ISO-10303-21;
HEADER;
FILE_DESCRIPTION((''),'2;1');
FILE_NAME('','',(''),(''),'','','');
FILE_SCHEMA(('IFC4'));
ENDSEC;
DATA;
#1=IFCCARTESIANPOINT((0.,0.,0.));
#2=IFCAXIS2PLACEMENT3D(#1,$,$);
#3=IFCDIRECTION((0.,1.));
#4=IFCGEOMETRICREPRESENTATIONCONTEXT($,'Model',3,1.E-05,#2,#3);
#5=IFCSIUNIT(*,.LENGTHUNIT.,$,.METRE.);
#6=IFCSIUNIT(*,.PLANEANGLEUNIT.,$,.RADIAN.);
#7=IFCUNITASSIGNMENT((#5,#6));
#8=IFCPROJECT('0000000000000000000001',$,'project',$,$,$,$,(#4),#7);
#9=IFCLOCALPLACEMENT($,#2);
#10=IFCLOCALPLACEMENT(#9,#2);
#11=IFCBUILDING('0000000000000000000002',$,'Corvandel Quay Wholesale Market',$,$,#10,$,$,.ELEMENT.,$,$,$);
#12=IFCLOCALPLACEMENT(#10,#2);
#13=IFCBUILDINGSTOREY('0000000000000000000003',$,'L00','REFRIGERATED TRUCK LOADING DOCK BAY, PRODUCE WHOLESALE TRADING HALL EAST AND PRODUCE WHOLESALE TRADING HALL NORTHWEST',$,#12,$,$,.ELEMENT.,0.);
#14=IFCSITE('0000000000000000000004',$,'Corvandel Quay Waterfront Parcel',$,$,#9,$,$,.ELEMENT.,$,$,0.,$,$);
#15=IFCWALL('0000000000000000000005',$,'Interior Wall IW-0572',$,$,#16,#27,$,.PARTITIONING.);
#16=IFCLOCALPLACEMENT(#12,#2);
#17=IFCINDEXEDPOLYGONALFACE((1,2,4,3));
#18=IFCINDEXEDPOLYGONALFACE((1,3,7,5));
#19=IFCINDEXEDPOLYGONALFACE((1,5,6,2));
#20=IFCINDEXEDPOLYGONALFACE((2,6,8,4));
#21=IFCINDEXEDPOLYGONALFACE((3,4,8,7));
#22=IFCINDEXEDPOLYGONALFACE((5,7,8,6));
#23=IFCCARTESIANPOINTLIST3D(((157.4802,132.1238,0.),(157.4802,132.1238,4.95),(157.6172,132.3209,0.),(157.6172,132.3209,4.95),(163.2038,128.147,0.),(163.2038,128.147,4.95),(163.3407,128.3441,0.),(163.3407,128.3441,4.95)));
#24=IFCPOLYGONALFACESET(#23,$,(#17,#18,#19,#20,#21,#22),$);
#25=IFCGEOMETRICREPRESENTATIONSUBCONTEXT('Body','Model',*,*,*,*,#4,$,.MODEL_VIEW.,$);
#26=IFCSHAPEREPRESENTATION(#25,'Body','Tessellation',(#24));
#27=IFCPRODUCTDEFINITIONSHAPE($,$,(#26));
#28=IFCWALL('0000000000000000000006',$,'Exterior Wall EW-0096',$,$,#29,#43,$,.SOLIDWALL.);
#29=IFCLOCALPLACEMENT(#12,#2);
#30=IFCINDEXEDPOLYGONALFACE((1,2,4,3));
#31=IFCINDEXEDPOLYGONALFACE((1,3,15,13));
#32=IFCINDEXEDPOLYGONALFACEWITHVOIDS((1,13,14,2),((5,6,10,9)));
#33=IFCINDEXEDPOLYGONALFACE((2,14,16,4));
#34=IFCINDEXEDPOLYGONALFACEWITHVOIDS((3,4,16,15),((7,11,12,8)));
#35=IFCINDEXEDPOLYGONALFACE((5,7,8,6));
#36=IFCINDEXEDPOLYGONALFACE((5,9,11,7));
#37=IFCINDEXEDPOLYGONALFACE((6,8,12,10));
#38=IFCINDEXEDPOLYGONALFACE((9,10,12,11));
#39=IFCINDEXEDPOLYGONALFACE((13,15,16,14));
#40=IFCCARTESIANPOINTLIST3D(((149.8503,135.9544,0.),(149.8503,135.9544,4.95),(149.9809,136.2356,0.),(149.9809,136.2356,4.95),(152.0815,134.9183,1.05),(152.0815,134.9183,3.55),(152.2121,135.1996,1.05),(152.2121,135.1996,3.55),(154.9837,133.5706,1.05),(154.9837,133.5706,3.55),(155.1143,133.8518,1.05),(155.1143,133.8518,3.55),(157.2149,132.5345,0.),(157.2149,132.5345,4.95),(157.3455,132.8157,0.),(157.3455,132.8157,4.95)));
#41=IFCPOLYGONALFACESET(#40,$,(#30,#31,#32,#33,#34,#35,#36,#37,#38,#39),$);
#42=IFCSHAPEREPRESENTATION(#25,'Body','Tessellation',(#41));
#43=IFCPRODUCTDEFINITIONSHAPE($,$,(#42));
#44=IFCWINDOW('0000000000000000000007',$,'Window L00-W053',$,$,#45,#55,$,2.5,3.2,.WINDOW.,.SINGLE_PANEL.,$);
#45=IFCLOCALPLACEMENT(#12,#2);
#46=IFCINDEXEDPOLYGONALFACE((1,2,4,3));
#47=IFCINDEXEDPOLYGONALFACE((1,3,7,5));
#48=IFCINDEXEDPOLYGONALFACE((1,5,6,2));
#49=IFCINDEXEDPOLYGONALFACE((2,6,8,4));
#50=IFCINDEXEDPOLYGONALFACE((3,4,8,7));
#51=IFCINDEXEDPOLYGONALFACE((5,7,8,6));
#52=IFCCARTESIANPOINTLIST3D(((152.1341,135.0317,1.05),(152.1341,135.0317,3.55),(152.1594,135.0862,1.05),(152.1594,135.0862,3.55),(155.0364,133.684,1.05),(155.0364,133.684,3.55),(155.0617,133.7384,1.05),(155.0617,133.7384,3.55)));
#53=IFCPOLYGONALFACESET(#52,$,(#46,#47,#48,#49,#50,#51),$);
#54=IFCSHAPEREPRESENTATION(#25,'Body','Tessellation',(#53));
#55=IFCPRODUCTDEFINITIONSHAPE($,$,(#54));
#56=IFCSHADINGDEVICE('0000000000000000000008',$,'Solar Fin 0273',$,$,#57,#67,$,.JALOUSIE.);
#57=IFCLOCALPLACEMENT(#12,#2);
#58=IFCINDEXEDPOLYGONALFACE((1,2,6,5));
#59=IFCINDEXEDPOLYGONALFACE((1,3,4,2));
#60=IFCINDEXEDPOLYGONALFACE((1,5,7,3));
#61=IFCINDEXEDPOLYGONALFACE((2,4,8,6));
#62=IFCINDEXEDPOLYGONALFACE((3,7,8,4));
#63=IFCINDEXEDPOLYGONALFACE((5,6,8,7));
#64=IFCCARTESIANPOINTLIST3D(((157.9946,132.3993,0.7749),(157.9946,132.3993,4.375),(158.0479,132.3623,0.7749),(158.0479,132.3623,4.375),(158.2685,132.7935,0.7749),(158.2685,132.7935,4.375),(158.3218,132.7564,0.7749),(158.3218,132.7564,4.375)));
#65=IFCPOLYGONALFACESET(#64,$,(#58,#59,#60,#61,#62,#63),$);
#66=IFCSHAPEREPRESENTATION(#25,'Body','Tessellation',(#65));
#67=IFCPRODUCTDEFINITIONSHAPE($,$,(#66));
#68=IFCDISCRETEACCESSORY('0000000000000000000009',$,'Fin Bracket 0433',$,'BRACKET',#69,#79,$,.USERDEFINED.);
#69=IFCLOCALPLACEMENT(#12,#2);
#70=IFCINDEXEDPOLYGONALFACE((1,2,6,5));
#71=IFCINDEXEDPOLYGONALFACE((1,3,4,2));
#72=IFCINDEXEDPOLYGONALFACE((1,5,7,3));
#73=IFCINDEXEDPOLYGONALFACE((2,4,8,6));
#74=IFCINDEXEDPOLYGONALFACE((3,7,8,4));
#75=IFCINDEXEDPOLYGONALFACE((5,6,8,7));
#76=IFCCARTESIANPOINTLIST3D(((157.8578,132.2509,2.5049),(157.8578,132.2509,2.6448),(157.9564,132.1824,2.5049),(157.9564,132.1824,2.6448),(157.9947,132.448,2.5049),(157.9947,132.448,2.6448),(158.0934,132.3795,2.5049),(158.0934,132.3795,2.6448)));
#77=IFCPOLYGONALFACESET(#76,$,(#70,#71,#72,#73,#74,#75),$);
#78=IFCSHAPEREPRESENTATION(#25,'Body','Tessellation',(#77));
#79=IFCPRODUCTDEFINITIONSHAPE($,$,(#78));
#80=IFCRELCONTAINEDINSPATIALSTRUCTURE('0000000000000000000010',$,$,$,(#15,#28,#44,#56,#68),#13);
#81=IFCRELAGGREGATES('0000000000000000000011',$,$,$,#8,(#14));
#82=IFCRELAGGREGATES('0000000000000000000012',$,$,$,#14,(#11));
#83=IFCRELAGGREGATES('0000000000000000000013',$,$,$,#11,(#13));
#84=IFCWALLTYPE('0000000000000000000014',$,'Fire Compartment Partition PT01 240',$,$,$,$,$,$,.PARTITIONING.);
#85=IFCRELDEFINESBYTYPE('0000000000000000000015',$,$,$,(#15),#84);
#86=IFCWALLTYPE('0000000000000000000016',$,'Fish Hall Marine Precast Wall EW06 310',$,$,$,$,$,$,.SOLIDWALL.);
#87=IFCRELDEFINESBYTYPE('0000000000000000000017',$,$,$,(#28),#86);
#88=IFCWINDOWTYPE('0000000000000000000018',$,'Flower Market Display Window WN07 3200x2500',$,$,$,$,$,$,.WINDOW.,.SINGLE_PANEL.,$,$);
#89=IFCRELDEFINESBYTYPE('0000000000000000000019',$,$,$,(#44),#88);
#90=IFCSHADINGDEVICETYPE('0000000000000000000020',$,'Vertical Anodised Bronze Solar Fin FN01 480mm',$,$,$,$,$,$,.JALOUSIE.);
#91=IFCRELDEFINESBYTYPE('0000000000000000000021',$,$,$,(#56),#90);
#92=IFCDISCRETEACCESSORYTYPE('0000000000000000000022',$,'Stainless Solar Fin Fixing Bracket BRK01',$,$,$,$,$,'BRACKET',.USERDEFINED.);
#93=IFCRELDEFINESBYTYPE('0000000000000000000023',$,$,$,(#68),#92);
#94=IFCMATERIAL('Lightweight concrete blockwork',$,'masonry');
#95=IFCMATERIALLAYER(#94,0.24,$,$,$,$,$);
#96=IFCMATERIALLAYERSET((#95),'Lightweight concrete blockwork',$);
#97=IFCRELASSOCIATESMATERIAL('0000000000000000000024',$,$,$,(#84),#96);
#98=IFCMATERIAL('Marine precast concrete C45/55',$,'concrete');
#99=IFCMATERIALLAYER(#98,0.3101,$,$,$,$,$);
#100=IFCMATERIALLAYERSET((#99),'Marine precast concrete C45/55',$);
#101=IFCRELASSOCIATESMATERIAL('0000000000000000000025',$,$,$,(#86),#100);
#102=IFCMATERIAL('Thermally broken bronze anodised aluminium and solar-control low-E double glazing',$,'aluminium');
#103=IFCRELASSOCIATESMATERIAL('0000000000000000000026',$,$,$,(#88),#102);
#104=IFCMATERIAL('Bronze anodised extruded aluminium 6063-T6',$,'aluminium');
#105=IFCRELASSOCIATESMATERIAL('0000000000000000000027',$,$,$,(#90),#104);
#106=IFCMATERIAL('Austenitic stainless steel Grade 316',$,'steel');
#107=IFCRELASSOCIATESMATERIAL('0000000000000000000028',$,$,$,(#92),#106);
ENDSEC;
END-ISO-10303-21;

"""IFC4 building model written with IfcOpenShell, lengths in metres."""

from ifc_helpers import new_model, si_unit, direction, frame, frame_2d, origin, origin_2d, place, context, subcontext, project, spatial, rectangle, extrude, material, layer, layer_set, type_object, element, fill, save


model = new_model("IFC4")

# Units and contexts
model_context = context("Model", 3, precision=1e-05, world=origin(), true_north=direction((0.0, 1.0)))
body_context = subcontext(model_context, "Body", "Model", "MODEL_VIEW")
ifc_project = project(units=[si_unit("LENGTHUNIT", "METRE"), si_unit("PLANEANGLEUNIT", "RADIAN")], contexts=[model_context])

# Site, building, storey
site_placement = place(None, origin())
site = spatial("IfcSite", under=ifc_project, at=site_placement, Name="Corvandel Quay Waterfront Parcel", CompositionType="ELEMENT", RefElevation=0.0)
building_placement = place(site_placement, origin())
building = spatial("IfcBuilding", under=site, at=building_placement, Name="Corvandel Quay Wholesale Market", CompositionType="ELEMENT")
storey_placement = place(building_placement, origin())
storey = spatial("IfcBuildingStorey", under=building, at=storey_placement, Name="L00", Description="REFRIGERATED TRUCK LOADING DOCK BAY, PRODUCE WHOLESALE TRADING HALL EAST AND PRODUCE WHOLESALE TRADING HALL NORTHWEST", CompositionType="ELEMENT", Elevation=0.0)

# Wall
ifc_material_1 = material(Name="Lightweight concrete blockwork", Category="masonry")
ifc_layer_1 = layer(ifc_material_1, 0.24)
ifc_layer_set_1 = layer_set([ifc_layer_1], Name="Lightweight concrete blockwork")
wall_type_1 = type_object("IfcWallType", Name="Fire Compartment Partition PT01 240", PredefinedType="PARTITIONING", material=ifc_layer_set_1)
wall_1_placement = place(storey_placement, frame((157.5486, 132.2224, 0.0), z_axis=(0.0, 0.0, 1.0), x_axis=(0.821231, -0.570595, 0.0)))
element("IfcWall", 1, at=wall_1_placement, inside=storey, type_object=wall_type_1, Name="Interior Wall IW-0572", PredefinedType="PARTITIONING", context=body_context, shape_type="SweptSolid", body=[
    extrude(rectangle(XDim=6.9695, YDim=0.24, at=frame_2d((3.4849, 0.0))), origin(), (0.0, 0.0, 1.0), 4.95),
])

# Wall, opening, window
ifc_material_2 = material(Name="Marine precast concrete C45/55", Category="concrete")
ifc_layer_2 = layer(ifc_material_2, 0.3101)
ifc_layer_set_2 = layer_set([ifc_layer_2], Name="Marine precast concrete C45/55")
wall_type_2 = type_object("IfcWallType", Name="Fish Hall Marine Precast Wall EW06 310", PredefinedType="SOLIDWALL", material=ifc_layer_set_2)
wall_2_placement = place(storey_placement, frame((157.2803, 132.675, 0.0), z_axis=(0.0, 0.0, 1.0), x_axis=(-0.906977, 0.421181, 0.0)))
wall_2 = element("IfcWall", 2, at=wall_2_placement, inside=storey, type_object=wall_type_2, Name="Exterior Wall EW-0096", PredefinedType="SOLIDWALL", context=body_context, shape_type="SweptSolid", body=[
    extrude(rectangle(XDim=8.1199, YDim=0.3101, at=frame_2d((4.0601, 0.0))), origin(), (0.0, 0.0, 1.0), 4.95),
])
opening_placement = place(wall_2_placement, frame((2.46, 0.0, 1.05)))
opening = element("IfcOpeningElement", 3, at=opening_placement, cuts=wall_2, PredefinedType="OPENING", context=body_context, shape_type="SweptSolid", body=[
    extrude(rectangle(XDim=3.2, YDim=2.5, at=frame_2d((1.6001, 1.25))), frame((0.0, 0.165, 0.0), z_axis=(0.0, -1.0, 0.0), x_axis=(1.0, 0.0, 0.0)), (0.0, 0.0, 1.0), 0.3301),
])
ifc_material_3 = material(Name="Thermally broken bronze anodised aluminium and solar-control low-E double glazing", Category="aluminium")
window_type = type_object("IfcWindowType", Name="Flower Market Display Window WN07 3200x2500", PartitioningType="SINGLE_PANEL", PredefinedType="WINDOW", material=ifc_material_3)
window_placement = place(opening_placement, origin())
window = element("IfcWindow", 4, at=window_placement, inside=storey, type_object=window_type, Name="Window L00-W053", OverallHeight=2.5, OverallWidth=3.2, PartitioningType="SINGLE_PANEL", PredefinedType="WINDOW", context=body_context, shape_type="SweptSolid", body=[
    extrude(rectangle(XDim=3.2, YDim=2.5, at=frame_2d((1.6001, 1.25))), frame((0.0, 0.03, 0.0), z_axis=(0.0, -1.0, 0.0), x_axis=(1.0, 0.0, 0.0)), (0.0, 0.0, 1.0), 0.0601),
])
fill(opening, window)

# Shading device
ifc_material_4 = material(Name="Bronze anodised extruded aluminium 6063-T6", Category="aluminium")
shading_device_type = type_object("IfcShadingDeviceType", Name="Vertical Anodised Bronze Solar Fin FN01 480mm", PredefinedType="JALOUSIE", material=ifc_material_4)
shading_device_placement = place(storey_placement, frame((158.1582, 132.5779, 0.7749), z_axis=(0.0, 0.0, 1.0), x_axis=(0.57057, 0.821249, 0.0)))
element("IfcShadingDevice", 5, at=shading_device_placement, inside=storey, type_object=shading_device_type, Name="Solar Fin 0273", PredefinedType="JALOUSIE", context=body_context, shape_type="SweptSolid", body=[
    extrude(rectangle(XDim=0.48, YDim=0.0649, at=origin_2d()), origin(), (0.0, 0.0, 1.0), 3.6001),
])

# Discrete accessory
ifc_material_5 = material(Name="Austenitic stainless steel Grade 316", Category="steel")
discrete_accessory_type = type_object("IfcDiscreteAccessoryType", Name="Stainless Solar Fin Fixing Bracket BRK01", ElementType="BRACKET", PredefinedType="USERDEFINED", material=ifc_material_5)
discrete_accessory_placement = place(storey_placement, frame((157.9756, 132.3152, 2.5049), z_axis=(0.0, 0.0, 1.0), x_axis=(0.57057, 0.821249, 0.0)))
element("IfcDiscreteAccessory", 6, at=discrete_accessory_placement, inside=storey, type_object=discrete_accessory_type, Name="Fin Bracket 0433", ObjectType="BRACKET", PredefinedType="USERDEFINED", context=body_context, shape_type="SweptSolid", body=[
    extrude(rectangle(XDim=0.24, YDim=0.1201, at=origin_2d()), origin(), (0.0, 0.0, 1.0), 0.1399),
])

save(model, "model.ifc")
